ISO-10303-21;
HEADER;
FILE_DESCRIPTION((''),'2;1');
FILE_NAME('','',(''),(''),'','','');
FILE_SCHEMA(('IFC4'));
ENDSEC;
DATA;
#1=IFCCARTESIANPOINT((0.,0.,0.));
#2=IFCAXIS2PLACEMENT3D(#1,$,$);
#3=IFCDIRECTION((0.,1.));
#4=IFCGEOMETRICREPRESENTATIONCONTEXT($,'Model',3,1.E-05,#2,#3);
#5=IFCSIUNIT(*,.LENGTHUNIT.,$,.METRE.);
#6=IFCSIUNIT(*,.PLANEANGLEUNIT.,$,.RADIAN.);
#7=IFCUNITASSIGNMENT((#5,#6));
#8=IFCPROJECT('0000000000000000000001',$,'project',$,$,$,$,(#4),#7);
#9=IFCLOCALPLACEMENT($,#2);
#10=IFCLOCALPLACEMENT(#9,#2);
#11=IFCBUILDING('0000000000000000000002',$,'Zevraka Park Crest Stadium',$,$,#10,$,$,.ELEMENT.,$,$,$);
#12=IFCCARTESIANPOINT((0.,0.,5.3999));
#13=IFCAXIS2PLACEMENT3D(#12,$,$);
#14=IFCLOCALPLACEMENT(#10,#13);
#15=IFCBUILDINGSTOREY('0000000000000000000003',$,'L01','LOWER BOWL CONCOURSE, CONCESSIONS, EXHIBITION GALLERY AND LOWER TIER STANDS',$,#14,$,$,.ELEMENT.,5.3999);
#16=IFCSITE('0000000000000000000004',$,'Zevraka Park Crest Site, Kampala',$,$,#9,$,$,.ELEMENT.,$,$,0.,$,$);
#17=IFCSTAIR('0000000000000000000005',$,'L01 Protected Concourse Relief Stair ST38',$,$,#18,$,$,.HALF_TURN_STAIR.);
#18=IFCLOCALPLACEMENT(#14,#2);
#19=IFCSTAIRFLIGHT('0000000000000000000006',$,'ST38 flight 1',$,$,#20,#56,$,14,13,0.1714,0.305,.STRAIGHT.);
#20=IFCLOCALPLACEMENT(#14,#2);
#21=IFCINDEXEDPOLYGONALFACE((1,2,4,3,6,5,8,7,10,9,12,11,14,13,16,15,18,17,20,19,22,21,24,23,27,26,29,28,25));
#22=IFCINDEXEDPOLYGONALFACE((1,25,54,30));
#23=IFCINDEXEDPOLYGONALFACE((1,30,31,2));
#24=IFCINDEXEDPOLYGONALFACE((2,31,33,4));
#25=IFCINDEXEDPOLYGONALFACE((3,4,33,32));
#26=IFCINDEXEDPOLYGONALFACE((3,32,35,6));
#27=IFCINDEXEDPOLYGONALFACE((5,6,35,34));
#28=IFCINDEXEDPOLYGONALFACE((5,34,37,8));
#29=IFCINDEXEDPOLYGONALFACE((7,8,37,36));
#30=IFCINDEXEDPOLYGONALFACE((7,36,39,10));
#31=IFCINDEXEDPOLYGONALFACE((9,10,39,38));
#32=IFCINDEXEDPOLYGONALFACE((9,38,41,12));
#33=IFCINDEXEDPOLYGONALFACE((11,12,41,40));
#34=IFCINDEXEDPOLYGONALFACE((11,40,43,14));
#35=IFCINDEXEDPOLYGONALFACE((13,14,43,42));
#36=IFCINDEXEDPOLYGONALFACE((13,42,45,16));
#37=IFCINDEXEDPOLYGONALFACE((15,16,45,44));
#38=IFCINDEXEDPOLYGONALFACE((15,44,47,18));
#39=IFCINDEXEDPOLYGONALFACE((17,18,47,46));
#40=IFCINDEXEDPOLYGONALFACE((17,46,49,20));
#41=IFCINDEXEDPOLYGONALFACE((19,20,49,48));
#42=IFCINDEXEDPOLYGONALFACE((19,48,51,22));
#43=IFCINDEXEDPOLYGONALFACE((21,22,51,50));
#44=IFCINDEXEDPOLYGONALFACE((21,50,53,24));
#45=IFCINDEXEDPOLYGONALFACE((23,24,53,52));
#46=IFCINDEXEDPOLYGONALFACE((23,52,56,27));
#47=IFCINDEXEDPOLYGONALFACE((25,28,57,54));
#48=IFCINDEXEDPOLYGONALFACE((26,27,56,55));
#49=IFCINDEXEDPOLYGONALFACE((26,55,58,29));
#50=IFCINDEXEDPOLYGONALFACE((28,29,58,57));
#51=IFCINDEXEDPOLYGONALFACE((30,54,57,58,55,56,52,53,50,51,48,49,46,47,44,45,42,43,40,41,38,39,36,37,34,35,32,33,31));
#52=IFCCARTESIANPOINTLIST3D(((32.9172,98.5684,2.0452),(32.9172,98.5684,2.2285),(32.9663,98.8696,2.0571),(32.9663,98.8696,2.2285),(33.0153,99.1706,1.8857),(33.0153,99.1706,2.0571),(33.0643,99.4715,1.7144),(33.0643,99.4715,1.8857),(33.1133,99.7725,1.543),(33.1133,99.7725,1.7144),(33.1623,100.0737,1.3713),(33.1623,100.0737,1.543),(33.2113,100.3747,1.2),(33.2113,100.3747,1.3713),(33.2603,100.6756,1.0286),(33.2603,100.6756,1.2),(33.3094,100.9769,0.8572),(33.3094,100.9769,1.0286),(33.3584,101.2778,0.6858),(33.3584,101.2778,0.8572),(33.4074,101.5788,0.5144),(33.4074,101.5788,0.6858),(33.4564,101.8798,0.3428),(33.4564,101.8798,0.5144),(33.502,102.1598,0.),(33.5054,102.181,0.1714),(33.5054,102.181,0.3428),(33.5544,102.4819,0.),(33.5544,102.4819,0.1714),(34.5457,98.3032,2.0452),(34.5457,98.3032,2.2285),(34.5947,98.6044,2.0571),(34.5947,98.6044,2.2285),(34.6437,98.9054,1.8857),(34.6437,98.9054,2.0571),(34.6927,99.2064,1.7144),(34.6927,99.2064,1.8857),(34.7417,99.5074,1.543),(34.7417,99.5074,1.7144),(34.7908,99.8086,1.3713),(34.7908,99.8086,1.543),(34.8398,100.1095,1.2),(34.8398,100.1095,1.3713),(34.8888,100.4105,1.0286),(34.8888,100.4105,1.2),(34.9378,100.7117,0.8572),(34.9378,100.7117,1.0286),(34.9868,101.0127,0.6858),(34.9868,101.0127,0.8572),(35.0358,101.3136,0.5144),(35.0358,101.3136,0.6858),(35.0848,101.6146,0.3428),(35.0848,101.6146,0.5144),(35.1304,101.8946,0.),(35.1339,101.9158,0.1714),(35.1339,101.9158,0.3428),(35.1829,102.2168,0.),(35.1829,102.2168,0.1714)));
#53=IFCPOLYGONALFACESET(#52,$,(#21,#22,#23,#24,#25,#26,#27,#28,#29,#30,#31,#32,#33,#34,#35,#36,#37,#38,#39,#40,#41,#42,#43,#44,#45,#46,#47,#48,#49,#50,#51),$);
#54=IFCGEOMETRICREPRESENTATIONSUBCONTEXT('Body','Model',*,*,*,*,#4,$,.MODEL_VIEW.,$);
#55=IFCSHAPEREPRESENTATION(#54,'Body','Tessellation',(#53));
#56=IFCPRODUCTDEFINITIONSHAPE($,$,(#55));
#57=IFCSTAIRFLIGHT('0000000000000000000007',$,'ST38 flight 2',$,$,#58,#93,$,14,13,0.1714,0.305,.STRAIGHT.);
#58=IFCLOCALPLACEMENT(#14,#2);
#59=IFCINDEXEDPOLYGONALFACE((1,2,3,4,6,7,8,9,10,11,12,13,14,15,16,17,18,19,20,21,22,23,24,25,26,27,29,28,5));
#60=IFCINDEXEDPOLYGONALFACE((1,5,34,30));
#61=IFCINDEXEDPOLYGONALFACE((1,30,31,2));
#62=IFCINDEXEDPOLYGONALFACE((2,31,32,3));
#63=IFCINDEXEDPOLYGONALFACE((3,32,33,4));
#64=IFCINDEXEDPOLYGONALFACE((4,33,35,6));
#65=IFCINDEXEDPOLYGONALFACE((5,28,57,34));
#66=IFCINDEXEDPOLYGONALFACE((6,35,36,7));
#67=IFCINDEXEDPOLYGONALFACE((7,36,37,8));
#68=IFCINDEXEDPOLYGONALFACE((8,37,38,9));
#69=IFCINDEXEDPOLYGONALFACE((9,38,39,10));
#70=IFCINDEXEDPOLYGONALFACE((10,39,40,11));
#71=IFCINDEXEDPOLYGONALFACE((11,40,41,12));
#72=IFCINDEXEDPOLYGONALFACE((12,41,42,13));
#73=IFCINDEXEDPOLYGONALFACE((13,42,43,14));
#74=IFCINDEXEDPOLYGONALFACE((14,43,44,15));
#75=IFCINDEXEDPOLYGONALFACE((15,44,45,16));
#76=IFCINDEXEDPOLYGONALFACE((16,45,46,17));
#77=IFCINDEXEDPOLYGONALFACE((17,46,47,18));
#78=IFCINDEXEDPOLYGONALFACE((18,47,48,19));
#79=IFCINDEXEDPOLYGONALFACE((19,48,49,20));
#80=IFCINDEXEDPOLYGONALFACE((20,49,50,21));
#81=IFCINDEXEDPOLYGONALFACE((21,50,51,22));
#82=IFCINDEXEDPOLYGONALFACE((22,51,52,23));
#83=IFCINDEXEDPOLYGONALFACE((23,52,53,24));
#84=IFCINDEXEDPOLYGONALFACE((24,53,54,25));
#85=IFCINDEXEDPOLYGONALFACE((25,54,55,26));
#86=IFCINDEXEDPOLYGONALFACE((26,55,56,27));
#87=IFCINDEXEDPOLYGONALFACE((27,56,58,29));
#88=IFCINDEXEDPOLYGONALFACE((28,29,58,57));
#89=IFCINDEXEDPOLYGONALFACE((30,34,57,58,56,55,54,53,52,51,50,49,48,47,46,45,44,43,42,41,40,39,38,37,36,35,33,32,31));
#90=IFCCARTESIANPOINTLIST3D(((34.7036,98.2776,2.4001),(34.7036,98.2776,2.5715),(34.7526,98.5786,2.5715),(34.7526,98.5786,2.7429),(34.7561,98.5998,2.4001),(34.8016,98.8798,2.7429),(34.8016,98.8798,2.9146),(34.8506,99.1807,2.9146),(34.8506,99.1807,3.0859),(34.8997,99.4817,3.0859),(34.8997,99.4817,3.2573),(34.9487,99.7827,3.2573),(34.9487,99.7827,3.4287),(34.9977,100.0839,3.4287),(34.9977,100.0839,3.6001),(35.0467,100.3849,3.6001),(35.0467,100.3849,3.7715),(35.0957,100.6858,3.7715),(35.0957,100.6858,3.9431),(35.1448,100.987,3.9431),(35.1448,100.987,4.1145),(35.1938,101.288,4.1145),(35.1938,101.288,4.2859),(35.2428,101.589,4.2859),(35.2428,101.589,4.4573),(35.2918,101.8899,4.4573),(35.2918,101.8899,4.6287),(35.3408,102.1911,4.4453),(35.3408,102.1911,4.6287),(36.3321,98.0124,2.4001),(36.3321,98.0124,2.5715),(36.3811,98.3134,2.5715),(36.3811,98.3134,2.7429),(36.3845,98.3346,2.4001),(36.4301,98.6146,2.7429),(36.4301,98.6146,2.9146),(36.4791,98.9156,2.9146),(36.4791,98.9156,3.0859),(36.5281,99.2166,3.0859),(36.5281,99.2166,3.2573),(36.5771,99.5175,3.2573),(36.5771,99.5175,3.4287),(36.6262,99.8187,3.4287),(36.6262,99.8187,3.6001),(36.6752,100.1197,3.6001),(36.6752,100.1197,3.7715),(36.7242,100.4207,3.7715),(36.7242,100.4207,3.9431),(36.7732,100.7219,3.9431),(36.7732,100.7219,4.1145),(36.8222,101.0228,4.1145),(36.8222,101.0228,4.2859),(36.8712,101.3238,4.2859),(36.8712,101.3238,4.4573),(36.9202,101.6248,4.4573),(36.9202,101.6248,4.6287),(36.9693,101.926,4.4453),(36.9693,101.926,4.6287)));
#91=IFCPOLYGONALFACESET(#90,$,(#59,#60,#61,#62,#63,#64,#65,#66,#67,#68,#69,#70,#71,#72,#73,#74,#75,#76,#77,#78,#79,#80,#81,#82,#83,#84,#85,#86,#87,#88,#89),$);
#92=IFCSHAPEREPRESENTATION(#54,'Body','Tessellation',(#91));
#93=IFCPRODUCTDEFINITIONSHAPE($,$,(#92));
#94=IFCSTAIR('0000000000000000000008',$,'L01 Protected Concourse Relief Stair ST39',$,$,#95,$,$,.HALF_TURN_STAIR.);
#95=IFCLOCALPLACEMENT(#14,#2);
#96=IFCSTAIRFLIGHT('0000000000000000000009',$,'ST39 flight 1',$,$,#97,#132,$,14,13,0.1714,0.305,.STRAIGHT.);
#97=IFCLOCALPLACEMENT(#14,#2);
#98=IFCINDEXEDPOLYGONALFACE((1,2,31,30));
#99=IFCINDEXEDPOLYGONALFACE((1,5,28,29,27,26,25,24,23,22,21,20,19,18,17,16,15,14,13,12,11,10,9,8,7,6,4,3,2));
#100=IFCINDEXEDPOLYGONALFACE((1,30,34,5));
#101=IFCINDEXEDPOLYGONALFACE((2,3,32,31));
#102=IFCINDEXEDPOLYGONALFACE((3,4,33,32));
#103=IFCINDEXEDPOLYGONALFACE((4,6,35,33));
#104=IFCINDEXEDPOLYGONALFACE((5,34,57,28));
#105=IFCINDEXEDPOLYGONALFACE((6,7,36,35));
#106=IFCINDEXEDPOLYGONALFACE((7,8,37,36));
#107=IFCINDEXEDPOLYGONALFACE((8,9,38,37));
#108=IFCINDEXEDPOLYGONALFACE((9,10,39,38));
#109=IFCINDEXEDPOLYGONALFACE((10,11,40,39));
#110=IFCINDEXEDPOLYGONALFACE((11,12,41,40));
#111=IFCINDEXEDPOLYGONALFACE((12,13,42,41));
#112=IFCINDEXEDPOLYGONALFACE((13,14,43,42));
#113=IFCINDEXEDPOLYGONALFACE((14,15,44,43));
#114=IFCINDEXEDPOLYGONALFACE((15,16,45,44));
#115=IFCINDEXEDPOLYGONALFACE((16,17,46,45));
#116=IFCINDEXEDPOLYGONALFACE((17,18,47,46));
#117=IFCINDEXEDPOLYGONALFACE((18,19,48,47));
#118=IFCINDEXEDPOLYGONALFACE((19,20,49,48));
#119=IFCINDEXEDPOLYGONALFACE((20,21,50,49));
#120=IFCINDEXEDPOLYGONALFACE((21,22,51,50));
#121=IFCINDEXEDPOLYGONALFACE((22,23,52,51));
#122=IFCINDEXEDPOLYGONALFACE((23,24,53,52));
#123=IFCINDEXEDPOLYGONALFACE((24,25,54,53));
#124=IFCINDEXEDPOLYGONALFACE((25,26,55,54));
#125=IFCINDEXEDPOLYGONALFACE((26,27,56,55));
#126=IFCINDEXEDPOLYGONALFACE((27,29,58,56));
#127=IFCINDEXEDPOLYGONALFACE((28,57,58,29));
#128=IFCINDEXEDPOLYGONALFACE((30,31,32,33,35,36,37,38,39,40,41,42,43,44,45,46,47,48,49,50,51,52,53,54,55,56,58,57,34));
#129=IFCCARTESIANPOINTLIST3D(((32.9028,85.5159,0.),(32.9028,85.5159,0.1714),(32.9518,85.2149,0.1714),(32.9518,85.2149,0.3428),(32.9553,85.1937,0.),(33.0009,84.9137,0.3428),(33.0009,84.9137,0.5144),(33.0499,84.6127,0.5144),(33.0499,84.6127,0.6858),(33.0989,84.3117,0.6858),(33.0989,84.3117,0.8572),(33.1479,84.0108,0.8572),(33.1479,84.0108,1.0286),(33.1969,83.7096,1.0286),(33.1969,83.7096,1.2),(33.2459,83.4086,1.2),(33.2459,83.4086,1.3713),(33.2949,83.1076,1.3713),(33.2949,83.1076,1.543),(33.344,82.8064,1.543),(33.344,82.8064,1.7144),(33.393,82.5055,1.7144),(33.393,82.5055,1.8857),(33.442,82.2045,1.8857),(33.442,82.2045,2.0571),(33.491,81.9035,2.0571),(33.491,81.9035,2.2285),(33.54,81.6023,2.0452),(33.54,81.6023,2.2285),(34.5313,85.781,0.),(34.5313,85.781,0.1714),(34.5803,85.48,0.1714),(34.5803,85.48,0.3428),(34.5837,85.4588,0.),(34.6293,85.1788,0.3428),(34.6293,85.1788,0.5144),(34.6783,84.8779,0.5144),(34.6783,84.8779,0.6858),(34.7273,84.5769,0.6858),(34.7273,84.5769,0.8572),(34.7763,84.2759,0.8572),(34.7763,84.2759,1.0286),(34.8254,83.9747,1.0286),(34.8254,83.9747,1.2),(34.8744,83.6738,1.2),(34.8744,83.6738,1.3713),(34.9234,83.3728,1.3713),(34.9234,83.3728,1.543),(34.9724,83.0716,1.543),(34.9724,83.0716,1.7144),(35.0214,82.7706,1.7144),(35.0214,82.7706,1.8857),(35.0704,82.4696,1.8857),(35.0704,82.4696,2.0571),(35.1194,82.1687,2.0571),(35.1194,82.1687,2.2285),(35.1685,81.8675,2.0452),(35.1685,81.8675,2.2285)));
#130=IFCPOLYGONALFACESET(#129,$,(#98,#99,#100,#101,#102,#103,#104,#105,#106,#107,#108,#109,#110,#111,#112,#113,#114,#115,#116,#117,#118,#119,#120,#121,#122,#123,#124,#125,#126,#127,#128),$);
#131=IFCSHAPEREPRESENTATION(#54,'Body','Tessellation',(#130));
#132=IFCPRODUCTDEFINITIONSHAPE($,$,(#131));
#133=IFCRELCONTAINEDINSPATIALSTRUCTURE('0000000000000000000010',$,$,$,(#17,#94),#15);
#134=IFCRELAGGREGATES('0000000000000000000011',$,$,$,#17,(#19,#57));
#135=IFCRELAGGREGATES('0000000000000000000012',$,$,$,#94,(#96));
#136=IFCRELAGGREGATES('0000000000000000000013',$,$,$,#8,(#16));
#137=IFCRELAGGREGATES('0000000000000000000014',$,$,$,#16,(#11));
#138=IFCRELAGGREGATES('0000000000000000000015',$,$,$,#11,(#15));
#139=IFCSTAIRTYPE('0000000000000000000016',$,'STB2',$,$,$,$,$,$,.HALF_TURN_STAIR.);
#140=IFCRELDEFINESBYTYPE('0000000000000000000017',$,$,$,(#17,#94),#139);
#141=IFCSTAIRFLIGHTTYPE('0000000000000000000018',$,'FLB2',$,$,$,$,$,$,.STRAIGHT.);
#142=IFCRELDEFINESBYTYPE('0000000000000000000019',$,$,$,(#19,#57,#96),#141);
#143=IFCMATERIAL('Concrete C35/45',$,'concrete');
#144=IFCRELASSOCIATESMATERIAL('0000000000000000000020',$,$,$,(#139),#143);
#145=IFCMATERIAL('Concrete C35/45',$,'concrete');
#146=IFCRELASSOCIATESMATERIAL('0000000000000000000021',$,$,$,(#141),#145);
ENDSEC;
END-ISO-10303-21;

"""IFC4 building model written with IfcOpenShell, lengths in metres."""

from ifc_helpers import new_model, si_unit, direction, frame, origin, place, context, subcontext, project, spatial, polyline, outline, extrude, material, type_object, element, aggregate, save


model = new_model("IFC4")

# Units and contexts
model_context = context("Model", 3, precision=1e-05, world=origin(), true_north=direction((0.0, 1.0)))
body_context = subcontext(model_context, "Body", "Model", "MODEL_VIEW")
ifc_project = project(units=[si_unit("LENGTHUNIT", "METRE"), si_unit("PLANEANGLEUNIT", "RADIAN")], contexts=[model_context])

# Site, building, storey
site_placement = place(None, origin())
site = spatial("IfcSite", under=ifc_project, at=site_placement, Name="Zevraka Park Crest Site, Kampala", CompositionType="ELEMENT", RefElevation=0.0)
building_placement = place(site_placement, origin())
building = spatial("IfcBuilding", under=site, at=building_placement, Name="Zevraka Park Crest Stadium", CompositionType="ELEMENT")
storey_placement = place(building_placement, frame((0.0, 0.0, 5.3999)))
storey = spatial("IfcBuildingStorey", under=building, at=storey_placement, Name="L01", Description="LOWER BOWL CONCOURSE, CONCESSIONS, EXHIBITION GALLERY AND LOWER TIER STANDS", CompositionType="ELEMENT", Elevation=5.3999)

# Stair, stair flights
ifc_material_1 = material(Name="Concrete C35/45", Category="concrete")
stair_type = type_object("IfcStairType", Name="STB2", PredefinedType="HALF_TURN_STAIR", material=ifc_material_1)
stair_1_placement = place(storey_placement, origin())
stair_1 = element("IfcStair", 1, at=stair_1_placement, inside=storey, type_object=stair_type, Name="L01 Protected Concourse Relief Stair ST38", PredefinedType="HALF_TURN_STAIR")
ifc_material_2 = material(Name="Concrete C35/45", Category="concrete")
stair_flight_type = type_object("IfcStairFlightType", Name="FLB2", PredefinedType="STRAIGHT", material=ifc_material_2)
stair_flight_1_placement = place(storey_placement, frame((34.3687, 102.3494, 0.0), z_axis=(0.0, 0.0, 1.0), x_axis=(-0.160706, -0.987002, 0.0)))
stair_flight_1 = element("IfcStairFlight", 2, at=stair_flight_1_placement, type_object=stair_flight_type, Name="ST38 flight 1", NumberOfRisers=14, NumberOfTreads=13, PredefinedType="STRAIGHT", RiserHeight=0.1714, TreadLength=0.305, context=body_context, shape_type="SweptSolid", body=[
    extrude(outline(polyline([(0.0, 0.0), (0.0, 0.1714), (0.3049, 0.1714), (0.3049, 0.3428), (0.6101, 0.3428), (0.6101, 0.5144), (0.915, 0.5144), (0.915, 0.6858), (1.22, 0.6858), (1.22, 0.8572), (1.5249, 0.8572), (1.5249, 1.0286), (1.8301, 1.0286), (1.8301, 1.2), (2.135, 1.2), (2.135, 1.3713), (2.4399, 1.3713), (2.4399, 1.543), (2.7451, 1.543), (2.7451, 1.7144), (3.05, 1.7144), (3.05, 1.8857), (3.355, 1.8857), (3.355, 2.0571), (3.6599, 2.0571), (3.6599, 2.2285), (3.9651, 2.2285), (3.9651, 2.3999), (3.9651, 2.0452), (0.3264, 0.0), (0.0, 0.0)])), frame((0.0, 0.825, 0.0), z_axis=(0.0, -1.0, 0.0), x_axis=(1.0, 0.0, 0.0)), (0.0, 0.0, 1.0), 1.6499),
])
stair_flight_2_placement = place(storey_placement, frame((35.5178, 98.145, 2.4001), z_axis=(0.0, 0.0, 1.0), x_axis=(0.160706, 0.987002, 0.0)))
stair_flight_2 = element("IfcStairFlight", 3, at=stair_flight_2_placement, type_object=stair_flight_type, Name="ST38 flight 2", NumberOfRisers=14, NumberOfTreads=13, PredefinedType="STRAIGHT", RiserHeight=0.1714, TreadLength=0.305, context=body_context, shape_type="SweptSolid", body=[
    extrude(outline(polyline([(0.0, 0.0), (0.0, 0.1714), (0.3049, 0.1714), (0.3049, 0.3428), (0.6101, 0.3428), (0.6101, 0.5144), (0.915, 0.5144), (0.915, 0.6858), (1.22, 0.6858), (1.22, 0.8572), (1.5249, 0.8572), (1.5249, 1.0286), (1.8301, 1.0286), (1.8301, 1.2), (2.135, 1.2), (2.135, 1.3713), (2.4399, 1.3713), (2.4399, 1.543), (2.7451, 1.543), (2.7451, 1.7144), (3.05, 1.7144), (3.05, 1.8857), (3.355, 1.8857), (3.355, 2.0571), (3.6599, 2.0571), (3.6599, 2.2285), (3.9651, 2.2285), (3.9651, 2.3999), (3.9651, 2.0452), (0.3264, 0.0), (0.0, 0.0)])), frame((0.0, 0.825, 0.0), z_axis=(0.0, -1.0, 0.0), x_axis=(1.0, 0.0, 0.0)), (0.0, 0.0, 1.0), 1.6499),
])
aggregate(stair_1, [stair_flight_1, stair_flight_2])

# Stair, stair flight
stair_2_placement = place(storey_placement, origin())
stair_2 = element("IfcStair", 4, at=stair_2_placement, inside=storey, type_object=stair_type, Name="L01 Protected Concourse Relief Stair ST39", PredefinedType="HALF_TURN_STAIR")
stair_flight_3_placement = place(storey_placement, frame((33.717, 85.6484, 0.0), z_axis=(0.0, 0.0, 1.0), x_axis=(0.160706, -0.987002, 0.0)))
stair_flight_3 = element("IfcStairFlight", 5, at=stair_flight_3_placement, type_object=stair_flight_type, Name="ST39 flight 1", NumberOfRisers=14, NumberOfTreads=13, PredefinedType="STRAIGHT", RiserHeight=0.1714, TreadLength=0.305, context=body_context, shape_type="SweptSolid", body=[
    extrude(outline(polyline([(0.0, 0.0), (0.0, 0.1714), (0.3049, 0.1714), (0.3049, 0.3428), (0.6101, 0.3428), (0.6101, 0.5144), (0.915, 0.5144), (0.915, 0.6858), (1.22, 0.6858), (1.22, 0.8572), (1.5249, 0.8572), (1.5249, 1.0286), (1.8301, 1.0286), (1.8301, 1.2), (2.135, 1.2), (2.135, 1.3713), (2.4399, 1.3713), (2.4399, 1.543), (2.7451, 1.543), (2.7451, 1.7144), (3.05, 1.7144), (3.05, 1.8857), (3.355, 1.8857), (3.355, 2.0571), (3.6599, 2.0571), (3.6599, 2.2285), (3.9651, 2.2285), (3.9651, 2.3999), (3.9651, 2.0452), (0.3264, 0.0), (0.0, 0.0)])), frame((0.0, 0.825, 0.0), z_axis=(0.0, -1.0, 0.0), x_axis=(1.0, 0.0, 0.0)), (0.0, 0.0, 1.0), 1.6499),
])
aggregate(stair_2, [stair_flight_3])

save(model, "model.ifc")
